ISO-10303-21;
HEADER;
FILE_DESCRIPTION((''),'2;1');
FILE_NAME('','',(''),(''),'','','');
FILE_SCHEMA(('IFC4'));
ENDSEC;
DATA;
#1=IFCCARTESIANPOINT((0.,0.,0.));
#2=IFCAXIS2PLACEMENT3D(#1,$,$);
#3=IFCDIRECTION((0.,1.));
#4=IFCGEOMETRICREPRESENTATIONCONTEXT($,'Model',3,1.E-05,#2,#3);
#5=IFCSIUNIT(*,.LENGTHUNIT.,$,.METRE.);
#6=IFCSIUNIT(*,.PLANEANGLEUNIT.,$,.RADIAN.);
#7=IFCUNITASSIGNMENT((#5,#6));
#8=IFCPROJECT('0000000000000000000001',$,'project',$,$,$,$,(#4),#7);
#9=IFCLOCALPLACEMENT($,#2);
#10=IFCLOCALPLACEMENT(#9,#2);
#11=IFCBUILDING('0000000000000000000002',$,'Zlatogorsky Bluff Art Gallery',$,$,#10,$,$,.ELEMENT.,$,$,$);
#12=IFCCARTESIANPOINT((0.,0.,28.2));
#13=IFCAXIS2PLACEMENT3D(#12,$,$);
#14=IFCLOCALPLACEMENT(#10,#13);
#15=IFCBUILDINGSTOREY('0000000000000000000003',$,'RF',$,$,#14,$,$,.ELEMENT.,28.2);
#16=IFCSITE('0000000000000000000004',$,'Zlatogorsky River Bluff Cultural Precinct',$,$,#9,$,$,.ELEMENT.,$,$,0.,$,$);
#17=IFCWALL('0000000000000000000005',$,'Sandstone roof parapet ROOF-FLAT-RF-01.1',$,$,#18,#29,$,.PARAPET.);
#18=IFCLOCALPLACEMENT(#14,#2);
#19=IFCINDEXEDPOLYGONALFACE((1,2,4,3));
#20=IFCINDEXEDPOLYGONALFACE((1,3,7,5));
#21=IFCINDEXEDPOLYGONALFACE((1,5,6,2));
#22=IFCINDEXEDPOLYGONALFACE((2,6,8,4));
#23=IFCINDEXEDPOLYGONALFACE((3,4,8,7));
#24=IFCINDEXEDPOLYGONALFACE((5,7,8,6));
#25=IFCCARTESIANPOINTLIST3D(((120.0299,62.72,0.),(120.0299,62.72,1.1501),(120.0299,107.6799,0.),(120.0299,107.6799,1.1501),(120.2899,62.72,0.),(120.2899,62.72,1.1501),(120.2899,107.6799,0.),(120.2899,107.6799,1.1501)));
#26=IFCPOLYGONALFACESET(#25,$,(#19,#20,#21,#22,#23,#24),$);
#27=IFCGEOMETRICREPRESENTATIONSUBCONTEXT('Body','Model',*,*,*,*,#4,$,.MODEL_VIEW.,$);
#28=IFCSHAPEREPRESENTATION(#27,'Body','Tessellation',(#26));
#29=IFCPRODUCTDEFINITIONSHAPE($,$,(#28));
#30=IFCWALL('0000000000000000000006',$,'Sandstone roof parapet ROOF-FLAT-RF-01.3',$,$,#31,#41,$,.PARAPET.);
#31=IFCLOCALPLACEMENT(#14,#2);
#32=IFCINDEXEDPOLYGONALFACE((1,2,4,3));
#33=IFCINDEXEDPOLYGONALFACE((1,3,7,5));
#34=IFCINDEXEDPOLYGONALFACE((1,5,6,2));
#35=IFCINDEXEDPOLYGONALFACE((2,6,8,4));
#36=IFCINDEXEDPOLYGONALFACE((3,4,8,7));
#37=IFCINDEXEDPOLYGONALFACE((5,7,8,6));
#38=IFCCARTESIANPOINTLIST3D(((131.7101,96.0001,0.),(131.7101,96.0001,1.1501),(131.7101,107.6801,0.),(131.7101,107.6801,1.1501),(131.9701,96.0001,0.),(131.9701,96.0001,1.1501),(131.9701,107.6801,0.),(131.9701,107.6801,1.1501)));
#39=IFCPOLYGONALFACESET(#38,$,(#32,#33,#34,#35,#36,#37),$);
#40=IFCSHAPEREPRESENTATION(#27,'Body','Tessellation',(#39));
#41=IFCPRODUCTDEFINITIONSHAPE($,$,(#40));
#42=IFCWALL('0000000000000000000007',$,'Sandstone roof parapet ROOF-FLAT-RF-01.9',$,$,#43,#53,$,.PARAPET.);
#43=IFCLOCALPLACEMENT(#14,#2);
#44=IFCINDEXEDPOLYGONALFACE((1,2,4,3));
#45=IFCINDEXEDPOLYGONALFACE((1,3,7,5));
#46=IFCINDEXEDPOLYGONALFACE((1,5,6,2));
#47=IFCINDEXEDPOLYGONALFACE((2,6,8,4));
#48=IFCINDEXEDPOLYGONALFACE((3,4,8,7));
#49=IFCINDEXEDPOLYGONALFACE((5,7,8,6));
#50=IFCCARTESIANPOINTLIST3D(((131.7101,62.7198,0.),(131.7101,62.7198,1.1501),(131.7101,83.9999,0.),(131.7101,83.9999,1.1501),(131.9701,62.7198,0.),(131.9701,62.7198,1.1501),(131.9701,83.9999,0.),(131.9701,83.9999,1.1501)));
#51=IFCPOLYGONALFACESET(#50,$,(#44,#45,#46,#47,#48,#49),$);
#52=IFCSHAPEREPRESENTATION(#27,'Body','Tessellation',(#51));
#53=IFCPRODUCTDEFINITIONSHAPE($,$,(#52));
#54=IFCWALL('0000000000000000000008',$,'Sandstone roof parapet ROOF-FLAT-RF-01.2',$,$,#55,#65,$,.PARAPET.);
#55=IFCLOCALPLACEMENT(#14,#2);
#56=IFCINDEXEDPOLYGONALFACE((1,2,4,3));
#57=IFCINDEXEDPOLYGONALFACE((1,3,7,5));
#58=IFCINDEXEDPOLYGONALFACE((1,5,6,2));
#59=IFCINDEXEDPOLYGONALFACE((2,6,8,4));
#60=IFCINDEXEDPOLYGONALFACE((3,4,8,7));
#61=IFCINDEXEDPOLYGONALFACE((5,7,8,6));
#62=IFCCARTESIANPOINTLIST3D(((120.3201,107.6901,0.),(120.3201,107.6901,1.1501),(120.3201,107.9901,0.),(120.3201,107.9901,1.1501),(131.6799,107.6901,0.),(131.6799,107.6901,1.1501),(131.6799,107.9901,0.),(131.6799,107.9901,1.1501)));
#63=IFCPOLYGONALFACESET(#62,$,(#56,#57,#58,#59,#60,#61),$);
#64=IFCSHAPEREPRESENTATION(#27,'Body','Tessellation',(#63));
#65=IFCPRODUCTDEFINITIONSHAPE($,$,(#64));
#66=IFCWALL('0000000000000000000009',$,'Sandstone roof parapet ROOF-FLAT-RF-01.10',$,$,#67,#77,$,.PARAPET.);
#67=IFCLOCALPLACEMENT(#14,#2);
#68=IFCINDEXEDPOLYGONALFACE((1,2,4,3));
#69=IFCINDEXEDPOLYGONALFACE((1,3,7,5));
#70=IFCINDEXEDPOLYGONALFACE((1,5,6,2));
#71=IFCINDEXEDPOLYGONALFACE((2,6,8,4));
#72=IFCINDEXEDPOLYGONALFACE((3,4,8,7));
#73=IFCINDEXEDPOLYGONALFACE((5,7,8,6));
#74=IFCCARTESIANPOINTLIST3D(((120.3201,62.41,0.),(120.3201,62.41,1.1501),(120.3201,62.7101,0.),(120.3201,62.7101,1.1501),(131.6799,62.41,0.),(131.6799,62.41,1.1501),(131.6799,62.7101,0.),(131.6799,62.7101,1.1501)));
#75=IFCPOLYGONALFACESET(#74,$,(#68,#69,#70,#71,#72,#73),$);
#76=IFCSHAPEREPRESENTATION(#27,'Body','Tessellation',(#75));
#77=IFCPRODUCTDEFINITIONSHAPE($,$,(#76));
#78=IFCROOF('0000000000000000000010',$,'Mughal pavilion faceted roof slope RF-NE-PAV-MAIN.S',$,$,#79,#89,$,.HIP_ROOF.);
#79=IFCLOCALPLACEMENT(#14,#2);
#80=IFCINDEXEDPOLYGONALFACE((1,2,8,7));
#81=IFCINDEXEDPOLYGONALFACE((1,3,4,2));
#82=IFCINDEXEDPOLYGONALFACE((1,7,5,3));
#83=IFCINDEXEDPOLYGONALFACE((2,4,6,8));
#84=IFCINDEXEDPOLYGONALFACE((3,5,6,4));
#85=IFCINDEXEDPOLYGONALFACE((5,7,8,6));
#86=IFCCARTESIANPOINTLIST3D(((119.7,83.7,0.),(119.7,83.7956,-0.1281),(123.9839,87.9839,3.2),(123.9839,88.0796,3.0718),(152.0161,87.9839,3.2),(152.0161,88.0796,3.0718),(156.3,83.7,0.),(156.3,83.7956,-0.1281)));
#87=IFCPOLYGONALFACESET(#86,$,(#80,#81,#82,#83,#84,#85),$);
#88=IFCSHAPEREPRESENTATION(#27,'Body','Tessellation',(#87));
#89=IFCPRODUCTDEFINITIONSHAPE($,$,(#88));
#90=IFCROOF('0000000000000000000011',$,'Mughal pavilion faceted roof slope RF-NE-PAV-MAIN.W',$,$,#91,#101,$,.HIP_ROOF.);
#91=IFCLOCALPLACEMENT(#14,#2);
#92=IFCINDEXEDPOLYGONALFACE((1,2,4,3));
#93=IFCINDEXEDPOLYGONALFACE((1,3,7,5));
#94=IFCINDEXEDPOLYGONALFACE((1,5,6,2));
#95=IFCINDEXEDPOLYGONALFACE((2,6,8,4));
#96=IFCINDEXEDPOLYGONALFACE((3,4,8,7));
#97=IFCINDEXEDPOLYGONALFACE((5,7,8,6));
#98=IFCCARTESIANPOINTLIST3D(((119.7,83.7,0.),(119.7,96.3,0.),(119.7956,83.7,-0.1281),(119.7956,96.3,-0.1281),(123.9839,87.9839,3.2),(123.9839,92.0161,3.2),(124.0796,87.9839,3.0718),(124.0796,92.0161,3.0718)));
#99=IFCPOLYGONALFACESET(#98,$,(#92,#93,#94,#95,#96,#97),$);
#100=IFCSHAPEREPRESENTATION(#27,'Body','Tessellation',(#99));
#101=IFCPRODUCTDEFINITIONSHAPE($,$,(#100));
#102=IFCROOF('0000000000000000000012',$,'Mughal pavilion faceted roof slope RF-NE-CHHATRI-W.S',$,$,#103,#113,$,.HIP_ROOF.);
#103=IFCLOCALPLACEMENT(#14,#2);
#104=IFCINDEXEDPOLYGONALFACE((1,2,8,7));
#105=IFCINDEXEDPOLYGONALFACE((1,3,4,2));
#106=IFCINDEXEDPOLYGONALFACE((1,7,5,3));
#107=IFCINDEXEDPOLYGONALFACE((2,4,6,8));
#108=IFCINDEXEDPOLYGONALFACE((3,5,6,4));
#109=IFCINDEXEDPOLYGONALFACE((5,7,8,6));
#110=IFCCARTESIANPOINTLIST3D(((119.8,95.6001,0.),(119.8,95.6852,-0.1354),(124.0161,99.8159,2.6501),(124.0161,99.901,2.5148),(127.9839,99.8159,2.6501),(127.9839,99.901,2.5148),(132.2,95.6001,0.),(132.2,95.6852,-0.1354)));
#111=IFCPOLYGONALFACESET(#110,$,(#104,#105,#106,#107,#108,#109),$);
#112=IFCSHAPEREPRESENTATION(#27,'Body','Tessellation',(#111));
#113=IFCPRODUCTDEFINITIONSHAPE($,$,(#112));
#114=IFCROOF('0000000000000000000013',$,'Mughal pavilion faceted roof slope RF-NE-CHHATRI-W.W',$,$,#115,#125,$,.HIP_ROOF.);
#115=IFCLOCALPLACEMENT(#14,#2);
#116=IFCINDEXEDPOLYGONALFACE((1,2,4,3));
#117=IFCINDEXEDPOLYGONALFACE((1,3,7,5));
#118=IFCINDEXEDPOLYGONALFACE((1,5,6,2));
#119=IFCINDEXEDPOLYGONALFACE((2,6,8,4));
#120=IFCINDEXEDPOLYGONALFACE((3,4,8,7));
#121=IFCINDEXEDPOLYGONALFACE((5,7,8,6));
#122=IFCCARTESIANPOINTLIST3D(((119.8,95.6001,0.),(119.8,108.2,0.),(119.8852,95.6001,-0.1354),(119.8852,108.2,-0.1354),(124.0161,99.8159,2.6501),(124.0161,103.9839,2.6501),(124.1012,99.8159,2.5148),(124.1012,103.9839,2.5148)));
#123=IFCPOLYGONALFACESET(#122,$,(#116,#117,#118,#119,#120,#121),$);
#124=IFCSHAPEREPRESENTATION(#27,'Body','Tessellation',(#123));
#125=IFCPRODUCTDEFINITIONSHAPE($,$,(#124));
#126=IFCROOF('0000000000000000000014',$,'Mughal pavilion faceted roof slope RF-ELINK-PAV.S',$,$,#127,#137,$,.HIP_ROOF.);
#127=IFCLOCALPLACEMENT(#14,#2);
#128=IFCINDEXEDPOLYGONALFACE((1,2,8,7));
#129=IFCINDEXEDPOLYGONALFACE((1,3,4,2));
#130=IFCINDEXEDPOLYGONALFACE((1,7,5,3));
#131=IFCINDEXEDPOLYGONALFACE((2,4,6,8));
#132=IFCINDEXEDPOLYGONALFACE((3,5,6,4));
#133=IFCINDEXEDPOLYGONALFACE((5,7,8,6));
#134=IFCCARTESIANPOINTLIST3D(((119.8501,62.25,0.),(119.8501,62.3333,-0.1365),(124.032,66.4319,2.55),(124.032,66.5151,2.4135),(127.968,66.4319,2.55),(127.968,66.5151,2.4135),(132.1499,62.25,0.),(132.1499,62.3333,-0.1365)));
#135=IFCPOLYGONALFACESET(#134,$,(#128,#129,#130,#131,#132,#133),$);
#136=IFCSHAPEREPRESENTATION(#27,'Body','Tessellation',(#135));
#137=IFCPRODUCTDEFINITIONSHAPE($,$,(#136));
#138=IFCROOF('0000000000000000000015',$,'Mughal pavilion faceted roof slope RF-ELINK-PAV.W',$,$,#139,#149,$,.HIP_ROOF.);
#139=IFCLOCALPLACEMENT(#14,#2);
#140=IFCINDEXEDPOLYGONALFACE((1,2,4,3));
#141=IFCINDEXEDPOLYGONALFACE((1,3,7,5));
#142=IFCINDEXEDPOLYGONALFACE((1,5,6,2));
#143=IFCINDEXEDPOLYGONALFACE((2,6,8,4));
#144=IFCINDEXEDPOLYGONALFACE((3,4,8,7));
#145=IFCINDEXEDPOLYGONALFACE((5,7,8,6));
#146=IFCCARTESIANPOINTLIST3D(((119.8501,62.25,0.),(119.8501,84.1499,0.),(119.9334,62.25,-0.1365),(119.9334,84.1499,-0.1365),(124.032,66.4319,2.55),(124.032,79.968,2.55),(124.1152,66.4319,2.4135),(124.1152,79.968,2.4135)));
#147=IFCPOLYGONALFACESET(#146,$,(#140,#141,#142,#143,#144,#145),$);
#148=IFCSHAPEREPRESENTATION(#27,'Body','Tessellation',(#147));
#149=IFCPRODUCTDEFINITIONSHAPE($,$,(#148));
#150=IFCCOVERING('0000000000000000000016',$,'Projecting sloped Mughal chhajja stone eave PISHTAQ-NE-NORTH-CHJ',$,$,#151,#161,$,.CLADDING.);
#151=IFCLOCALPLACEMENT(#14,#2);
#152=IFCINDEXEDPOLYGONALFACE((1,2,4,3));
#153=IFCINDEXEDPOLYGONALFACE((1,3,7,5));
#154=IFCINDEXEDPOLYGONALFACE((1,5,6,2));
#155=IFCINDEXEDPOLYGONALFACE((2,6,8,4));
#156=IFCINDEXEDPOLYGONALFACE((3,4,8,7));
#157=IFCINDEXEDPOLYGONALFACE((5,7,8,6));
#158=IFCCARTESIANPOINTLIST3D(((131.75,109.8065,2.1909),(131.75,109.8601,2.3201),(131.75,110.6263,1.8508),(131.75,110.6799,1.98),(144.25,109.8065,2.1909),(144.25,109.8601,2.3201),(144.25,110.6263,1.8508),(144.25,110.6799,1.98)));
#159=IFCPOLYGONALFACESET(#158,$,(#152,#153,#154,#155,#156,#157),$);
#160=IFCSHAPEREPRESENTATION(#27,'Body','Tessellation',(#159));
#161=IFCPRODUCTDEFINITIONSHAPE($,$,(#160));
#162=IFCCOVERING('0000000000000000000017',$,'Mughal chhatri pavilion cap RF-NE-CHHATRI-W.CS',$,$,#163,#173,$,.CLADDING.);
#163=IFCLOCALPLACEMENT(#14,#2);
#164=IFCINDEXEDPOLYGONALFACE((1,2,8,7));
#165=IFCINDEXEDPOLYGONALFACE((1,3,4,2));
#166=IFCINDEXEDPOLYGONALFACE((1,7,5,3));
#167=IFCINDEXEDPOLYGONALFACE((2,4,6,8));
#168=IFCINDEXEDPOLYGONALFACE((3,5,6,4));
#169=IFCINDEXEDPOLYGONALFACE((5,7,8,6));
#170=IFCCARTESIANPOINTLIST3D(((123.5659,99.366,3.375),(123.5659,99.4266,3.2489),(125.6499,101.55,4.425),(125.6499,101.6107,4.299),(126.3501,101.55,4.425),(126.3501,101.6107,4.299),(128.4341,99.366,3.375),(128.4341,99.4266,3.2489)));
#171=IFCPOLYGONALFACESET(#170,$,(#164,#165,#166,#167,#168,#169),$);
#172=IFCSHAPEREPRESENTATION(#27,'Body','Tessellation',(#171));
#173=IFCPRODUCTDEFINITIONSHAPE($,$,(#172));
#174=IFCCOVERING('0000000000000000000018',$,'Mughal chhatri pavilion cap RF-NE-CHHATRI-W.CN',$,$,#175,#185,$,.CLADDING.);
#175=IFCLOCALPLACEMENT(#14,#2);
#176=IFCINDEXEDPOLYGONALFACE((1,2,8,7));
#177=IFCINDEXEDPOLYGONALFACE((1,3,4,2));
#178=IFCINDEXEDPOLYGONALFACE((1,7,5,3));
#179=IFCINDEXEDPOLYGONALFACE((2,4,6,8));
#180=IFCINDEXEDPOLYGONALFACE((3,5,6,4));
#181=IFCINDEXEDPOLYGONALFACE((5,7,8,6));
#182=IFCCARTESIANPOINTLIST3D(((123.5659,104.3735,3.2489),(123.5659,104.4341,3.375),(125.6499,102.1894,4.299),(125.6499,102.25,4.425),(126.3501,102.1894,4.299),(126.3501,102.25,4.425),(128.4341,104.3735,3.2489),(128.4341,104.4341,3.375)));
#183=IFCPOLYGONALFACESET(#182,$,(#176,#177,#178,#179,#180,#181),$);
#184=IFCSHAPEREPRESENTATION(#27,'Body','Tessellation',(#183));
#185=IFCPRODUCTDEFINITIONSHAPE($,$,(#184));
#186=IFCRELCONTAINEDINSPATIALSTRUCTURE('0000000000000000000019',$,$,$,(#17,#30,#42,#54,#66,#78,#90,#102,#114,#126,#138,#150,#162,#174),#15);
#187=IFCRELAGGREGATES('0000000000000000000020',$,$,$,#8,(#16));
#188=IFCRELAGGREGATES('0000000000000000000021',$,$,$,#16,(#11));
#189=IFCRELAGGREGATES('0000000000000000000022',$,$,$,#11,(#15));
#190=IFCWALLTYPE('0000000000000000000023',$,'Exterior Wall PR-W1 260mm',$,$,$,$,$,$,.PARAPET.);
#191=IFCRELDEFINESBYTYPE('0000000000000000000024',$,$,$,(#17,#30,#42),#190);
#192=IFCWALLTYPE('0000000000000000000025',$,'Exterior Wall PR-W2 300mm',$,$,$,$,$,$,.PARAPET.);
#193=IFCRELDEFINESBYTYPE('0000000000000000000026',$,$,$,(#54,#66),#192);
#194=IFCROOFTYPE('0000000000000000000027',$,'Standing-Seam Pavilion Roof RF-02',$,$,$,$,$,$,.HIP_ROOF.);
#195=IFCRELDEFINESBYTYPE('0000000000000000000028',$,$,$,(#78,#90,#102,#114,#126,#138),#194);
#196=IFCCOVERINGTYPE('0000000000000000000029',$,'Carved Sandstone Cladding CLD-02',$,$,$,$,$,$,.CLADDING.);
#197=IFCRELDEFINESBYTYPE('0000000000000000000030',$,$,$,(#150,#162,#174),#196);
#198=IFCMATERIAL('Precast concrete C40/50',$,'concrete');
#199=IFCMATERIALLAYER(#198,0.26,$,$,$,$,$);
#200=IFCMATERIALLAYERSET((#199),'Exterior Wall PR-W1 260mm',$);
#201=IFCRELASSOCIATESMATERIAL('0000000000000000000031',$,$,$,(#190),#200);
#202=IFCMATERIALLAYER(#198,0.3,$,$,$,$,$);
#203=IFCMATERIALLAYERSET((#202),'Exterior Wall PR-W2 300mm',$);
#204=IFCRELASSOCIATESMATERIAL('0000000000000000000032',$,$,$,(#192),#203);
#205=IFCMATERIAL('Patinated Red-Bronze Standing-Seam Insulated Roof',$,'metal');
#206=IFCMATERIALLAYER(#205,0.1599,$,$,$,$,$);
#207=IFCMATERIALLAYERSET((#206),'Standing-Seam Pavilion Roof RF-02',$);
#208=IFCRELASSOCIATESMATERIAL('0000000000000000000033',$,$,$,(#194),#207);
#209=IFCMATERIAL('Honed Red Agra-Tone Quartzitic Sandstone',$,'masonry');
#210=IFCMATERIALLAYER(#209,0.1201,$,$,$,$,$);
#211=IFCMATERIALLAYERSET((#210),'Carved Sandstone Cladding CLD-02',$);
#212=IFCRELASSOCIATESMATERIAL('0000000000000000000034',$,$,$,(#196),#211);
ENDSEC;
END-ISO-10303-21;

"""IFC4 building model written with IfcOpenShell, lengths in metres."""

from ifc_helpers import new_model, si_unit, direction, frame, frame_2d, origin, place, context, subcontext, project, spatial, polyline, rectangle, outline, extrude, material, layer, layer_set, type_object, element, save


model = new_model("IFC4")

# Units and contexts
model_context = context("Model", 3, precision=1e-05, world=origin(), true_north=direction((0.0, 1.0)))
body_context = subcontext(model_context, "Body", "Model", "MODEL_VIEW")
ifc_project = project(units=[si_unit("LENGTHUNIT", "METRE"), si_unit("PLANEANGLEUNIT", "RADIAN")], contexts=[model_context])

# Site, building, storey
site_placement = place(None, origin())
site = spatial("IfcSite", under=ifc_project, at=site_placement, Name="Zlatogorsky River Bluff Cultural Precinct", CompositionType="ELEMENT", RefElevation=0.0)
building_placement = place(site_placement, origin())
building = spatial("IfcBuilding", under=site, at=building_placement, Name="Zlatogorsky Bluff Art Gallery", CompositionType="ELEMENT")
storey_placement = place(building_placement, frame((0.0, 0.0, 28.2)))
storey = spatial("IfcBuildingStorey", under=building, at=storey_placement, Name="RF", CompositionType="ELEMENT", Elevation=28.2)

# Walls
ifc_material_1 = material(Name="Precast concrete C40/50", Category="concrete")
ifc_layer_1 = layer(ifc_material_1, 0.26)
ifc_layer_set_1 = layer_set([ifc_layer_1], Name="Exterior Wall PR-W1 260mm")
wall_type_1 = type_object("IfcWallType", Name="Exterior Wall PR-W1 260mm", PredefinedType="PARAPET", material=ifc_layer_set_1)
wall_1_placement = place(storey_placement, frame((120.1599, 62.72, 0.0), z_axis=(0.0, 0.0, 1.0), x_axis=(0.0, 1.0, 0.0)))
element("IfcWall", 1, at=wall_1_placement, inside=storey, type_object=wall_type_1, Name="Sandstone roof parapet ROOF-FLAT-RF-01.1", PredefinedType="PARAPET", context=body_context, shape_type="SweptSolid", body=[
    extrude(rectangle(XDim=44.96, YDim=0.26, at=frame_2d((22.48, 0.0))), origin(), (0.0, 0.0, 1.0), 1.1501),
])
wall_2_placement = place(storey_placement, frame((131.8401, 107.6799, 0.0), z_axis=(0.0, 0.0, 1.0), x_axis=(0.0, -1.0, 0.0)))
element("IfcWall", 2, at=wall_2_placement, inside=storey, type_object=wall_type_1, Name="Sandstone roof parapet ROOF-FLAT-RF-01.3", PredefinedType="PARAPET", context=body_context, shape_type="SweptSolid", body=[
    extrude(rectangle(XDim=11.6799, YDim=0.26, at=frame_2d((5.8398, 0.0))), origin(), (0.0, 0.0, 1.0), 1.1501),
])
wall_3_placement = place(storey_placement, frame((131.8401, 84.0, 0.0), z_axis=(0.0, 0.0, 1.0), x_axis=(0.0, -1.0, 0.0)))
element("IfcWall", 3, at=wall_3_placement, inside=storey, type_object=wall_type_1, Name="Sandstone roof parapet ROOF-FLAT-RF-01.9", PredefinedType="PARAPET", context=body_context, shape_type="SweptSolid", body=[
    extrude(rectangle(XDim=21.28, YDim=0.26, at=frame_2d((10.6401, 0.0))), origin(), (0.0, 0.0, 1.0), 1.1501),
])
ifc_layer_2 = layer(ifc_material_1, 0.3)
ifc_layer_set_2 = layer_set([ifc_layer_2], Name="Exterior Wall PR-W2 300mm")
wall_type_2 = type_object("IfcWallType", Name="Exterior Wall PR-W2 300mm", PredefinedType="PARAPET", material=ifc_layer_set_2)
for number, where, z_axis, x_axis, name in (
    (4, (120.3201, 107.8401, 0.0), (0.0, 0.0, 1.0), (1.0, 0.0, 0.0), "Sandstone roof parapet ROOF-FLAT-RF-01.2"),
    (5, (131.6799, 62.5601, 0.0), (0.0, 0.0, 1.0), (-1.0, 0.0, 0.0), "Sandstone roof parapet ROOF-FLAT-RF-01.10"),
):
    element("IfcWall", number, at=place(storey_placement, frame(where, z_axis=z_axis, x_axis=x_axis)), inside=storey, type_object=wall_type_2, Name=name, PredefinedType="PARAPET", context=body_context, shape_type="SweptSolid", body=[
        extrude(rectangle(XDim=11.3599, YDim=0.3, at=frame_2d((5.6799, 0.0))), origin(), (0.0, 0.0, 1.0), 1.1501),
    ])

# Roofs
ifc_material_2 = material(Name="Patinated Red-Bronze Standing-Seam Insulated Roof", Category="metal")
ifc_layer_3 = layer(ifc_material_2, 0.1599)
ifc_layer_set_3 = layer_set([ifc_layer_3], Name="Standing-Seam Pavilion Roof RF-02")
roof_type = type_object("IfcRoofType", Name="Standing-Seam Pavilion Roof RF-02", PredefinedType="HIP_ROOF", material=ifc_layer_set_3)
roof_1_placement = place(storey_placement, frame((119.7, 83.7, 0.0), z_axis=(0.0, -0.598443, 0.801166), x_axis=(1.0, 0.0, 0.0)))
element("IfcRoof", 6, at=roof_1_placement, inside=storey, type_object=roof_type, Name="Mughal pavilion faceted roof slope RF-NE-PAV-MAIN.S", PredefinedType="HIP_ROOF", context=body_context, shape_type="SweptSolid", body=[
    extrude(outline(polyline([(0.0, 0.0), (36.6001, 0.0), (32.3162, 5.3471), (4.2839, 5.3471), (0.0, 0.0)])), origin(), (0.0, 0.0, -1.0), 0.1599),
])
roof_2_placement = place(storey_placement, frame((119.7, 96.3, 0.0), z_axis=(-0.598443, 0.0, 0.801166), x_axis=(0.0, -1.0, 0.0)))
element("IfcRoof", 7, at=roof_2_placement, inside=storey, type_object=roof_type, Name="Mughal pavilion faceted roof slope RF-NE-PAV-MAIN.W", PredefinedType="HIP_ROOF", context=body_context, shape_type="SweptSolid", body=[
    extrude(outline(polyline([(0.0, 0.0), (12.6001, 0.0), (8.3162, 5.3471), (4.2839, 5.3471), (0.0, 0.0)])), origin(), (0.0, 0.0, -1.0), 0.1599),
])
roof_3_placement = place(storey_placement, frame((119.8, 95.6001, 0.0), z_axis=(0.0, -0.532201, 0.846618), x_axis=(1.0, 0.0, 0.0)))
element("IfcRoof", 8, at=roof_3_placement, inside=storey, type_object=roof_type, Name="Mughal pavilion faceted roof slope RF-NE-CHHATRI-W.S", PredefinedType="HIP_ROOF", context=body_context, shape_type="SweptSolid", body=[
    extrude(outline(polyline([(0.0, 0.0), (12.3999, 0.0), (8.1838, 4.9796), (4.2161, 4.9796), (0.0, 0.0)])), origin(), (0.0, 0.0, -1.0), 0.1599),
])
roof_4_placement = place(storey_placement, frame((119.8, 108.2, 0.0), z_axis=(-0.532179, 0.0, 0.846632), x_axis=(0.0, -1.0, 0.0)))
element("IfcRoof", 9, at=roof_4_placement, inside=storey, type_object=roof_type, Name="Mughal pavilion faceted roof slope RF-NE-CHHATRI-W.W", PredefinedType="HIP_ROOF", context=body_context, shape_type="SweptSolid", body=[
    extrude(outline(polyline([(0.0, 0.0), (12.5999, 0.0), (8.384, 4.9798), (4.2161, 4.9798), (0.0, 0.0)])), origin(), (0.0, 0.0, -1.0), 0.1599),
])
roof_5_placement = place(storey_placement, frame((119.8501, 62.25, 0.0), z_axis=(0.0, -0.520625, 0.853785), x_axis=(1.0, 0.0, 0.0)))
element("IfcRoof", 10, at=roof_5_placement, inside=storey, type_object=roof_type, Name="Mughal pavilion faceted roof slope RF-ELINK-PAV.S", PredefinedType="HIP_ROOF", context=body_context, shape_type="SweptSolid", body=[
    extrude(outline(polyline([(0.0, 0.0), (12.2998, 0.0), (8.1179, 4.8981), (4.1819, 4.8981), (0.0, 0.0)])), origin(), (0.0, 0.0, -1.0), 0.1599),
])
roof_6_placement = place(storey_placement, frame((119.8501, 84.1499, 0.0), z_axis=(-0.520625, 0.0, 0.853785), x_axis=(0.0, -1.0, 0.0)))
element("IfcRoof", 11, at=roof_6_placement, inside=storey, type_object=roof_type, Name="Mughal pavilion faceted roof slope RF-ELINK-PAV.W", PredefinedType="HIP_ROOF", context=body_context, shape_type="SweptSolid", body=[
    extrude(outline(polyline([(0.0, 0.0), (21.8999, 0.0), (17.718, 4.8981), (4.1819, 4.8981), (0.0, 0.0)])), origin(), (0.0, 0.0, -1.0), 0.1599),
])

# Coverings
ifc_material_3 = material(Name="Honed Red Agra-Tone Quartzitic Sandstone", Category="masonry")
ifc_layer_4 = layer(ifc_material_3, 0.1201)
ifc_layer_set_4 = layer_set([ifc_layer_4], Name="Carved Sandstone Cladding CLD-02")
covering_type = type_object("IfcCoveringType", Name="Carved Sandstone Cladding CLD-02", PredefinedType="CLADDING", material=ifc_layer_set_4)
covering_1_placement = place(storey_placement, frame((131.75, 109.8601, 2.3201), z_axis=(0.0, 0.38317, 0.923678), x_axis=(1.0, 0.0, 0.0)))
element("IfcCovering", 12, at=covering_1_placement, inside=storey, type_object=covering_type, Name="Projecting sloped Mughal chhajja stone eave PISHTAQ-NE-NORTH-CHJ", PredefinedType="CLADDING", context=body_context, shape_type="SweptSolid", body=[
    extrude(outline(polyline([(0.0, 0.0), (12.5, 0.0), (12.5, 0.8876), (0.0, 0.8876), (0.0, 0.0)])), origin(), (0.0, 0.0, -1.0), 0.1399),
])
for number, where, z_axis, x_axis, name in (
    (13, (123.5659, 99.366, 3.375), (0.0, -0.433298, 0.901251), (1.0, 0.0, 0.0), "Mughal chhatri pavilion cap RF-NE-CHHATRI-W.CS"),
    (14, (128.4341, 104.4341, 3.375), (0.0, 0.433298, 0.901251), (-1.0, 0.0, 0.0), "Mughal chhatri pavilion cap RF-NE-CHHATRI-W.CN"),
):
    element("IfcCovering", number, at=place(storey_placement, frame(where, z_axis=z_axis, x_axis=x_axis)), inside=storey, type_object=covering_type, Name=name, PredefinedType="CLADDING", context=body_context, shape_type="SweptSolid", body=[
        extrude(outline(polyline([(0.0, 0.0), (4.8682, 0.0), (2.7842, 2.4234), (2.084, 2.4234), (0.0, 0.0)])), origin(), (0.0, 0.0, -1.0), 0.1399),
    ])

save(model, "model.ifc")
